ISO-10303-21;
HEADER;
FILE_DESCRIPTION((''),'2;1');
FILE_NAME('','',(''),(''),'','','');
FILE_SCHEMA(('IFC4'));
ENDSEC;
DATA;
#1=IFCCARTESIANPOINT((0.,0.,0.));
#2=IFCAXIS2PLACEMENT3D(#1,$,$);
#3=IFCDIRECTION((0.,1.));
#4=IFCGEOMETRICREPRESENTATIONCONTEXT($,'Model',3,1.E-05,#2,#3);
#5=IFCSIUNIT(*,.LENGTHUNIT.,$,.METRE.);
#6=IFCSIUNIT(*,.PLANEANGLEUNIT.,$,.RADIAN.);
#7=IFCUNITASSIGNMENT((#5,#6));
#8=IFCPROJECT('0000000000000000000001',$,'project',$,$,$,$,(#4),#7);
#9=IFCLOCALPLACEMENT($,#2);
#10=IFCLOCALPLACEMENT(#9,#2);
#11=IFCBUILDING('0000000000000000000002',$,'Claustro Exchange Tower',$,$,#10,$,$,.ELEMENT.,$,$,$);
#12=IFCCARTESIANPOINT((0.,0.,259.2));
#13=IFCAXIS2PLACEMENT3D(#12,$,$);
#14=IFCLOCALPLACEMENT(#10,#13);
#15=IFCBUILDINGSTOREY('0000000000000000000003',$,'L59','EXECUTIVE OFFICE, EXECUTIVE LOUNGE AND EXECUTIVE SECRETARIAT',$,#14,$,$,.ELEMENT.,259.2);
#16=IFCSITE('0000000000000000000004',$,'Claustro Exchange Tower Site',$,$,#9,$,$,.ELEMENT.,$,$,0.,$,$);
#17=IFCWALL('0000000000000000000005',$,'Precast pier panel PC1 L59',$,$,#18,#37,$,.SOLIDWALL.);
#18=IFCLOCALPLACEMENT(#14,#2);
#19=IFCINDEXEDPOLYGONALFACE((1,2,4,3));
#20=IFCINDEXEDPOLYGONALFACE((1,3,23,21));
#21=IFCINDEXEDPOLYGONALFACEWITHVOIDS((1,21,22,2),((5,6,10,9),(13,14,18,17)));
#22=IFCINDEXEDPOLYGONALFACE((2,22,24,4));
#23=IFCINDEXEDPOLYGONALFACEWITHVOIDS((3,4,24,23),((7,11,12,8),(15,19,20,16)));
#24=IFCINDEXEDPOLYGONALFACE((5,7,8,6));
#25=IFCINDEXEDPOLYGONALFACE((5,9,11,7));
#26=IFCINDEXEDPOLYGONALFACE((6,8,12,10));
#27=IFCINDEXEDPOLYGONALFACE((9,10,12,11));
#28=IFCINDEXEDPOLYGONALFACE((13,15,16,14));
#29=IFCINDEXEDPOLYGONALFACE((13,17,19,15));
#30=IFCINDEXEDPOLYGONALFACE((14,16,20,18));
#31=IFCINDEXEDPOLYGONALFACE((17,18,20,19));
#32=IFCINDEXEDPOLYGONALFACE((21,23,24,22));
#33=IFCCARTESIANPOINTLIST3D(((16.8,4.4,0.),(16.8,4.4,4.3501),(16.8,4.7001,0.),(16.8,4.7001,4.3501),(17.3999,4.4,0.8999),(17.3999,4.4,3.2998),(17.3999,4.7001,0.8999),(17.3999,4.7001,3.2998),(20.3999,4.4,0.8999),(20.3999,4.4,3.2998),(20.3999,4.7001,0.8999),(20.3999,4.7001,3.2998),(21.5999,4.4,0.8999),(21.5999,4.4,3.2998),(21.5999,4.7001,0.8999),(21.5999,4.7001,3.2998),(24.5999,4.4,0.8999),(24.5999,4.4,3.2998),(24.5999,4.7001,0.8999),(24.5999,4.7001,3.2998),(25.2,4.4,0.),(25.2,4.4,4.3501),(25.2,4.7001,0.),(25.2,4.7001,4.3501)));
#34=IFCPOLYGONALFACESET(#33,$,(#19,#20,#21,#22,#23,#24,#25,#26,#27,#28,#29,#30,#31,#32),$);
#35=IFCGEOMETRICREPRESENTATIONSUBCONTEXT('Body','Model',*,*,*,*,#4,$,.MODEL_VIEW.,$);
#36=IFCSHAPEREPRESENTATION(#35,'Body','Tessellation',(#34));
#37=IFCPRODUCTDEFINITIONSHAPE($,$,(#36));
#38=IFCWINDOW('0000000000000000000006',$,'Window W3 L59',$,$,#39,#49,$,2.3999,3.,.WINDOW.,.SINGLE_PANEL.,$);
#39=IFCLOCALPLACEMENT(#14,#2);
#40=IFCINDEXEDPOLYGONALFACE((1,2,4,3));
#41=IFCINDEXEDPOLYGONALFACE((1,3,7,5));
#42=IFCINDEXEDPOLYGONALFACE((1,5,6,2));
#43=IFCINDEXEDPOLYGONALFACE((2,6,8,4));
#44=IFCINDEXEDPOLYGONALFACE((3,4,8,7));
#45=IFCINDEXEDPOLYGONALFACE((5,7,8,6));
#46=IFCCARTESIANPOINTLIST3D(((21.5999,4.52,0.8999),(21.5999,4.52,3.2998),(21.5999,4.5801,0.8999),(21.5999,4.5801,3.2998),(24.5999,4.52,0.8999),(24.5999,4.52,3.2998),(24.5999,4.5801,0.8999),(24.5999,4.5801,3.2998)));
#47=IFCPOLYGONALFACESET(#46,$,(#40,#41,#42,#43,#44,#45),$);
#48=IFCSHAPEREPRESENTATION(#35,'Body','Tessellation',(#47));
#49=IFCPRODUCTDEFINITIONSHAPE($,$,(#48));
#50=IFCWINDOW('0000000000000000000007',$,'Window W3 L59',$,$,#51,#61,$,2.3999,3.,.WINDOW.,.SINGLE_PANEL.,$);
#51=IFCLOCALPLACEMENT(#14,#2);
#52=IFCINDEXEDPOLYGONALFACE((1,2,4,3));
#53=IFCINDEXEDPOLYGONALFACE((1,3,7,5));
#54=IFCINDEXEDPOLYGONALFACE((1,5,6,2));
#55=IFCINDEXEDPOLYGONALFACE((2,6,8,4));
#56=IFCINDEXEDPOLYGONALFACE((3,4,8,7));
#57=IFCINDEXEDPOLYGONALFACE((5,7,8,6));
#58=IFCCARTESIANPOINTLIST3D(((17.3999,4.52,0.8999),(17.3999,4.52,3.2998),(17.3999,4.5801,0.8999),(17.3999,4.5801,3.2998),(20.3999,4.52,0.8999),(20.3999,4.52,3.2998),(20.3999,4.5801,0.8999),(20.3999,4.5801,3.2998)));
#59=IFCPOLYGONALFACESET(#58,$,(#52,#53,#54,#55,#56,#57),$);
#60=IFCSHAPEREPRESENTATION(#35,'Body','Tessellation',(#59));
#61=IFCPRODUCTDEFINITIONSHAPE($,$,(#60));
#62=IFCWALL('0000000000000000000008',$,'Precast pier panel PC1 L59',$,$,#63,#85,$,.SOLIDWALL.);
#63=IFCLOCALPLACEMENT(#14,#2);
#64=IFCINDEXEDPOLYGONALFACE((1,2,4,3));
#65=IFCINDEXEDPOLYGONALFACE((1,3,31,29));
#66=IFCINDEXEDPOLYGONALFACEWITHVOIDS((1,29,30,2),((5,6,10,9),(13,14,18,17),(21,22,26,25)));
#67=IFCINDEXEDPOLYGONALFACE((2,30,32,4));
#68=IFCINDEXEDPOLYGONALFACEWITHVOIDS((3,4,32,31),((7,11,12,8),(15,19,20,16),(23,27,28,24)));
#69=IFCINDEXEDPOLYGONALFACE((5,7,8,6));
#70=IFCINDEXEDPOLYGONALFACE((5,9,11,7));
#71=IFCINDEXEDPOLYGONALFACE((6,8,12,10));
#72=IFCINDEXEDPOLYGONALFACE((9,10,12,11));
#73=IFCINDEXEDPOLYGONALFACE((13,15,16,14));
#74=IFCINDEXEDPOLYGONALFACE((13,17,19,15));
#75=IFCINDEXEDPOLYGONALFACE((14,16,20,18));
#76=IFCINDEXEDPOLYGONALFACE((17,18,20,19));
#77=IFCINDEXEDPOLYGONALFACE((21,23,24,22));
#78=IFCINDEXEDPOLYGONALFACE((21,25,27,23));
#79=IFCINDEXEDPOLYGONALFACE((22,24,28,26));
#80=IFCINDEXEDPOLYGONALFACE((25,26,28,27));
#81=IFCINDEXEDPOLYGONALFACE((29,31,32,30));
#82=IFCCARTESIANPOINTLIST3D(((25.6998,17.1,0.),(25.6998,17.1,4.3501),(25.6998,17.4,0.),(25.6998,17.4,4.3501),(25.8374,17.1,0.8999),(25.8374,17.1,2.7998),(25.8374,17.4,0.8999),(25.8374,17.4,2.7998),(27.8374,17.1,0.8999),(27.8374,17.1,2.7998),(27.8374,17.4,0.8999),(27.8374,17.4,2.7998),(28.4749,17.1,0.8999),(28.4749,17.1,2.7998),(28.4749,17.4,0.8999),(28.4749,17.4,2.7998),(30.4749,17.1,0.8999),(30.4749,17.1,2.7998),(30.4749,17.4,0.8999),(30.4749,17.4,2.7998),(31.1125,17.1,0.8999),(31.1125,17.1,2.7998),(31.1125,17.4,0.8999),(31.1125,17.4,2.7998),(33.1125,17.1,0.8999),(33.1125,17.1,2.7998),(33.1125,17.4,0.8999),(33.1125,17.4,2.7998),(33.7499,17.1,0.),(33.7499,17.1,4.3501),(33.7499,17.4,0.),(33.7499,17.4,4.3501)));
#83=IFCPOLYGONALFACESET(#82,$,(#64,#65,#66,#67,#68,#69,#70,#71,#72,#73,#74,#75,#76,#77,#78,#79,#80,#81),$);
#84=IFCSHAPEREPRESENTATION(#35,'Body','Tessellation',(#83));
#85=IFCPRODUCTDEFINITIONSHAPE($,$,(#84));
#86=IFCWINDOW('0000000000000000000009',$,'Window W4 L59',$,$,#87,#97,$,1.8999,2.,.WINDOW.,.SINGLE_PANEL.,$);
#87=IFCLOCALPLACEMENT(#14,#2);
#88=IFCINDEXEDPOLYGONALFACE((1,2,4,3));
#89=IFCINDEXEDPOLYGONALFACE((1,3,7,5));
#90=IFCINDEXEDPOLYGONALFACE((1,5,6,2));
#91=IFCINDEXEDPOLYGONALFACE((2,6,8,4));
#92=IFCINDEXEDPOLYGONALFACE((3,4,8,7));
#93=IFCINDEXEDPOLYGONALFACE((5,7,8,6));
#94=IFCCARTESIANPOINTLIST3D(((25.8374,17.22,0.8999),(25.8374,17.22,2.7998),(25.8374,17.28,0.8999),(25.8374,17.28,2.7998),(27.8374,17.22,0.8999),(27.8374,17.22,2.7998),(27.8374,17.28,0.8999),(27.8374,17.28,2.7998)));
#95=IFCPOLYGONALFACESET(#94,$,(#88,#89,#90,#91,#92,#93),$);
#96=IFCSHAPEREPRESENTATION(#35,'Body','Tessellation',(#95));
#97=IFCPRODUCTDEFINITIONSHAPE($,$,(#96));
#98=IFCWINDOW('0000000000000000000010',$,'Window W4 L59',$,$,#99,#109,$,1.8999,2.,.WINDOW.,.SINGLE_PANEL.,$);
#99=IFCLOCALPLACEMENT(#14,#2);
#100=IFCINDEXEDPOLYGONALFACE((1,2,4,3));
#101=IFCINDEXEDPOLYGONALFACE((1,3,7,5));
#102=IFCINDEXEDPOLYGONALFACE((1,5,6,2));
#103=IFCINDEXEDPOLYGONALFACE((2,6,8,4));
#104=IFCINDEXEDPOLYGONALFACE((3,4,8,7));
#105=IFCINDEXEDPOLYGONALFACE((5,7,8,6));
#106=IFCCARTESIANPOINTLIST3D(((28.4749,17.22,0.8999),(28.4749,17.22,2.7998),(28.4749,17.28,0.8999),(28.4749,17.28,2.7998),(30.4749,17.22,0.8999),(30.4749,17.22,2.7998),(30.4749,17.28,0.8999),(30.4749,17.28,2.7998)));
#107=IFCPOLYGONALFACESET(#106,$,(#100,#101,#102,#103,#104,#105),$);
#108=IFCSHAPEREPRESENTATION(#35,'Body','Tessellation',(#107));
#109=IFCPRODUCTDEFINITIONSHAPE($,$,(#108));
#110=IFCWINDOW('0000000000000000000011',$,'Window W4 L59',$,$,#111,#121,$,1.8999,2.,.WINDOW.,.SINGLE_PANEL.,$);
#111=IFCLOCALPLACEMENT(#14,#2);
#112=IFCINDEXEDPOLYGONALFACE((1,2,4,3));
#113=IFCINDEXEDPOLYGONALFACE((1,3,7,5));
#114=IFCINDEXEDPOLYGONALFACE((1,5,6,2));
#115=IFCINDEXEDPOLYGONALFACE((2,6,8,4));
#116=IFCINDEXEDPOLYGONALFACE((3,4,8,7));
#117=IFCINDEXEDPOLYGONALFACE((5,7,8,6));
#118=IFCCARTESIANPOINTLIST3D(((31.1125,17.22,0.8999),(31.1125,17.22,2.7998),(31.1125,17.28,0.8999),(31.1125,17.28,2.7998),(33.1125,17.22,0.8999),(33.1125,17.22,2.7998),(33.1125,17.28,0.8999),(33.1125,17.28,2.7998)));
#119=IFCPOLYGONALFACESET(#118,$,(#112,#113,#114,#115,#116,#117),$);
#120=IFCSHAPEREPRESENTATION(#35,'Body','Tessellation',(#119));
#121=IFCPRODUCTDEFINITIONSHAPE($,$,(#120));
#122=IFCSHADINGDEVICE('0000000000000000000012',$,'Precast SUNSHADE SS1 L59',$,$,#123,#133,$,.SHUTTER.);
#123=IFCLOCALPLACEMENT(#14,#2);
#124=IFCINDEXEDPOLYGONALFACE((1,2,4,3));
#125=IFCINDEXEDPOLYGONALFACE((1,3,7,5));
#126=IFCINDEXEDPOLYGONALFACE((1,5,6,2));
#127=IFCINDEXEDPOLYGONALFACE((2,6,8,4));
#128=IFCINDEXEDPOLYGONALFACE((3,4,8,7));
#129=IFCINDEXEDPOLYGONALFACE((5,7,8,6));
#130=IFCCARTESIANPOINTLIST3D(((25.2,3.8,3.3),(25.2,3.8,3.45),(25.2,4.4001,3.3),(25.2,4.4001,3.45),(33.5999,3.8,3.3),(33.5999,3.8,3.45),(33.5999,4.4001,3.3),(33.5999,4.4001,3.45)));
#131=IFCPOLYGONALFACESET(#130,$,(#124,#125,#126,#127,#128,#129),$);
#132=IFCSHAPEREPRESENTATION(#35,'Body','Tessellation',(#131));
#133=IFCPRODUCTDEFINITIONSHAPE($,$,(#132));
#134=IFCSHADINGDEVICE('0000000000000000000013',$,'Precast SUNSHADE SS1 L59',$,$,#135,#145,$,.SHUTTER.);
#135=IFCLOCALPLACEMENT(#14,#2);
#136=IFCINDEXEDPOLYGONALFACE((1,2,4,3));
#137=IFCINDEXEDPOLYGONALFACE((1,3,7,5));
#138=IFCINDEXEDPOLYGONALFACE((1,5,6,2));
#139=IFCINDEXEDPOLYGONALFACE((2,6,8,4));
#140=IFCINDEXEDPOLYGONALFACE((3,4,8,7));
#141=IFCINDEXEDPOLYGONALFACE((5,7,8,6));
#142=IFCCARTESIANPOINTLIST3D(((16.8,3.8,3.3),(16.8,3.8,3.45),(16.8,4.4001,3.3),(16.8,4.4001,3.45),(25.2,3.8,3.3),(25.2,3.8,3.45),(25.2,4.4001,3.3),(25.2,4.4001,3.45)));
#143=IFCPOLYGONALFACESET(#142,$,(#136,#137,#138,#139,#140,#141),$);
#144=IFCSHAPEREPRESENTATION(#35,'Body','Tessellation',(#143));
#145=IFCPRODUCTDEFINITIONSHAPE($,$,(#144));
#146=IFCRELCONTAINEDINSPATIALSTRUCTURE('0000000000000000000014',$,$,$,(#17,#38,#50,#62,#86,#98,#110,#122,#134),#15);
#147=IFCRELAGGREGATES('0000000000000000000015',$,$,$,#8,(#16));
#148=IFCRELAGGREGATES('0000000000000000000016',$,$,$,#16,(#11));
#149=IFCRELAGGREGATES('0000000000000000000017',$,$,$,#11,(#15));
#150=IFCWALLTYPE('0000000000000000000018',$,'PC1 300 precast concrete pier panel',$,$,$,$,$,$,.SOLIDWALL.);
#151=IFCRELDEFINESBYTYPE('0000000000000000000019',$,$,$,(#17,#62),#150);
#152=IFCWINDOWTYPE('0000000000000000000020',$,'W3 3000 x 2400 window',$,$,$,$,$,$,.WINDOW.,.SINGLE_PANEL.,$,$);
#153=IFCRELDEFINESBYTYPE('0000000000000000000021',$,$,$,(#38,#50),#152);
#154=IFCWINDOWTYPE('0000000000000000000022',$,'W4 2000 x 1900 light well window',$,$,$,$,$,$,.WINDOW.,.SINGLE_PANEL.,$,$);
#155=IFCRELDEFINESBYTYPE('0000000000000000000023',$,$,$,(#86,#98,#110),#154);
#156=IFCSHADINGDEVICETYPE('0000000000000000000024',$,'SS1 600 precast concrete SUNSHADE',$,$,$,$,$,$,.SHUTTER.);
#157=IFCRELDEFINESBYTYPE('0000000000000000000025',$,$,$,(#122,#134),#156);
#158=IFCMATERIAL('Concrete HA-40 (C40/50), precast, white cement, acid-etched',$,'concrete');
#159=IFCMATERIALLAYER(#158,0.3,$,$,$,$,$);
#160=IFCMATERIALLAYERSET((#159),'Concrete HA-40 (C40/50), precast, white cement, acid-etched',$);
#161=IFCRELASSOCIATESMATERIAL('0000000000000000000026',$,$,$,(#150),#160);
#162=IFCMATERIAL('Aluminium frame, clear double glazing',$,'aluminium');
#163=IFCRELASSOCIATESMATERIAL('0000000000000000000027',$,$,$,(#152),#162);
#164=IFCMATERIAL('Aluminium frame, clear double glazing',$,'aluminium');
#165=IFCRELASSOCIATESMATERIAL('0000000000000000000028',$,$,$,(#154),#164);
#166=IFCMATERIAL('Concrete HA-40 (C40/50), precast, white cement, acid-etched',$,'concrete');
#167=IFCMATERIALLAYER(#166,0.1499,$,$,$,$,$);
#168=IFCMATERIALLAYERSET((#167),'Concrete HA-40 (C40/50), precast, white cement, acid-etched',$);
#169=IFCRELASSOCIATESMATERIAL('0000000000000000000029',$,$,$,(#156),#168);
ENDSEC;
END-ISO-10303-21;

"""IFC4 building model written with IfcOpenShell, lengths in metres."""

from ifc_helpers import new_model, si_unit, direction, frame, frame_2d, origin, origin_2d, place, context, subcontext, project, spatial, rectangle, extrude, material, layer, layer_set, type_object, element, fill, save


model = new_model("IFC4")

# Units and contexts
model_context = context("Model", 3, precision=1e-05, world=origin(), true_north=direction((0.0, 1.0)))
body_context = subcontext(model_context, "Body", "Model", "MODEL_VIEW")
ifc_project = project(units=[si_unit("LENGTHUNIT", "METRE"), si_unit("PLANEANGLEUNIT", "RADIAN")], contexts=[model_context])

# Site, building, storey
site_placement = place(None, origin())
site = spatial("IfcSite", under=ifc_project, at=site_placement, Name="Claustro Exchange Tower Site", CompositionType="ELEMENT", RefElevation=0.0)
building_placement = place(site_placement, origin())
building = spatial("IfcBuilding", under=site, at=building_placement, Name="Claustro Exchange Tower", CompositionType="ELEMENT")
storey_placement = place(building_placement, frame((0.0, 0.0, 259.2)))
storey = spatial("IfcBuildingStorey", under=building, at=storey_placement, Name="L59", Description="EXECUTIVE OFFICE, EXECUTIVE LOUNGE AND EXECUTIVE SECRETARIAT", CompositionType="ELEMENT", Elevation=259.2)

# Walls, openings, windows
ifc_material_1 = material(Name="Concrete HA-40 (C40/50), precast, white cement, acid-etched", Category="concrete")
ifc_layer_1 = layer(ifc_material_1, 0.3)
ifc_layer_set_1 = layer_set([ifc_layer_1], Name="Concrete HA-40 (C40/50), precast, white cement, acid-etched")
wall_type_1 = type_object("IfcWallType", Name="PC1 300 precast concrete pier panel", PredefinedType="SOLIDWALL", material=ifc_layer_set_1)
wall_1_placement = place(storey_placement, frame((25.2, 4.55, 0.0), z_axis=(0.0, 0.0, 1.0), x_axis=(-1.0, 0.0, 0.0)))
wall_1 = element("IfcWall", 1, at=wall_1_placement, inside=storey, type_object=wall_type_1, Name="Precast pier panel PC1 L59", PredefinedType="SOLIDWALL", context=body_context, shape_type="SweptSolid", body=[
    extrude(rectangle(XDim=8.3999, YDim=0.3, at=frame_2d((4.2, 0.0))), origin(), (0.0, 0.0, 1.0), 4.3501),
])
opening_1_placement = place(wall_1_placement, frame((0.6001, 0.0, 0.8999)))
opening_1 = element("IfcOpeningElement", 2, at=opening_1_placement, cuts=wall_1, PredefinedType="OPENING", context=body_context, shape_type="SweptSolid", body=[
    extrude(rectangle(XDim=3.0, YDim=2.3999, at=frame_2d((1.5, 1.2))), frame((0.0, 0.1599, 0.0), z_axis=(0.0, -1.0, 0.0), x_axis=(1.0, 0.0, 0.0)), (0.0, 0.0, 1.0), 0.3201),
])
opening_2_placement = place(wall_1_placement, frame((4.8, 0.0, 0.8999)))
opening_2 = element("IfcOpeningElement", 3, at=opening_2_placement, cuts=wall_1, PredefinedType="OPENING", context=body_context, shape_type="SweptSolid", body=[
    extrude(rectangle(XDim=3.0, YDim=2.3999, at=frame_2d((1.5, 1.2))), frame((0.0, 0.1599, 0.0), z_axis=(0.0, -1.0, 0.0), x_axis=(1.0, 0.0, 0.0)), (0.0, 0.0, 1.0), 0.3201),
])
ifc_material_2 = material(Name="Aluminium frame, clear double glazing", Category="aluminium")
window_type_1 = type_object("IfcWindowType", Name="W3 3000 x 2400 window", PartitioningType="SINGLE_PANEL", PredefinedType="WINDOW", material=ifc_material_2)
window_1_placement = place(opening_1_placement, origin())
window_1 = element("IfcWindow", 4, at=window_1_placement, inside=storey, type_object=window_type_1, Name="Window W3 L59", OverallHeight=2.3999, OverallWidth=3.0, PartitioningType="SINGLE_PANEL", PredefinedType="WINDOW", context=body_context, shape_type="SweptSolid", body=[
    extrude(rectangle(XDim=3.0, YDim=2.3999, at=frame_2d((1.5, 1.2))), frame((0.0, 0.03, 0.0), z_axis=(0.0, -1.0, 0.0), x_axis=(1.0, 0.0, 0.0)), (0.0, 0.0, 1.0), 0.0601),
])
fill(opening_1, window_1)
window_2_placement = place(opening_2_placement, origin())
window_2 = element("IfcWindow", 5, at=window_2_placement, inside=storey, type_object=window_type_1, Name="Window W3 L59", OverallHeight=2.3999, OverallWidth=3.0, PartitioningType="SINGLE_PANEL", PredefinedType="WINDOW", context=body_context, shape_type="SweptSolid", body=[
    extrude(rectangle(XDim=3.0, YDim=2.3999, at=frame_2d((1.5, 1.2))), frame((0.0, 0.03, 0.0), z_axis=(0.0, -1.0, 0.0), x_axis=(1.0, 0.0, 0.0)), (0.0, 0.0, 1.0), 0.0601),
])
fill(opening_2, window_2)
wall_2_placement = place(storey_placement, frame((25.7, 17.25, 0.0), z_axis=(0.0, 0.0, 1.0), x_axis=(1.0, 0.0, 0.0)))
wall_2 = element("IfcWall", 6, at=wall_2_placement, inside=storey, type_object=wall_type_1, Name="Precast pier panel PC1 L59", PredefinedType="SOLIDWALL", context=body_context, shape_type="SweptSolid", body=[
    extrude(rectangle(XDim=8.05, YDim=0.3, at=frame_2d((4.0249, 0.0))), origin(), (0.0, 0.0, 1.0), 4.3501),
])
opening_3_placement = place(wall_2_placement, frame((0.1375, 0.0, 0.8999)))
opening_3 = element("IfcOpeningElement", 7, at=opening_3_placement, cuts=wall_2, PredefinedType="OPENING", context=body_context, shape_type="SweptSolid", body=[
    extrude(rectangle(XDim=2.0, YDim=1.8999, at=frame_2d((1.0, 0.95))), frame((0.0, 0.1599, 0.0), z_axis=(0.0, -1.0, 0.0), x_axis=(1.0, 0.0, 0.0)), (0.0, 0.0, 1.0), 0.3201),
])
opening_4_placement = place(wall_2_placement, frame((2.7749, 0.0, 0.8999)))
opening_4 = element("IfcOpeningElement", 8, at=opening_4_placement, cuts=wall_2, PredefinedType="OPENING", context=body_context, shape_type="SweptSolid", body=[
    extrude(rectangle(XDim=2.0, YDim=1.8999, at=frame_2d((1.0, 0.95))), frame((0.0, 0.1599, 0.0), z_axis=(0.0, -1.0, 0.0), x_axis=(1.0, 0.0, 0.0)), (0.0, 0.0, 1.0), 0.3201),
])
opening_5_placement = place(wall_2_placement, frame((5.4126, 0.0, 0.8999)))
opening_5 = element("IfcOpeningElement", 9, at=opening_5_placement, cuts=wall_2, PredefinedType="OPENING", context=body_context, shape_type="SweptSolid", body=[
    extrude(rectangle(XDim=2.0, YDim=1.8999, at=frame_2d((1.0, 0.95))), frame((0.0, 0.1599, 0.0), z_axis=(0.0, -1.0, 0.0), x_axis=(1.0, 0.0, 0.0)), (0.0, 0.0, 1.0), 0.3201),
])
ifc_material_3 = material(Name="Aluminium frame, clear double glazing", Category="aluminium")
window_type_2 = type_object("IfcWindowType", Name="W4 2000 x 1900 light well window", PartitioningType="SINGLE_PANEL", PredefinedType="WINDOW", material=ifc_material_3)
window_3_placement = place(opening_3_placement, origin())
window_3 = element("IfcWindow", 10, at=window_3_placement, inside=storey, type_object=window_type_2, Name="Window W4 L59", OverallHeight=1.8999, OverallWidth=2.0, PartitioningType="SINGLE_PANEL", PredefinedType="WINDOW", context=body_context, shape_type="SweptSolid", body=[
    extrude(rectangle(XDim=2.0, YDim=1.8999, at=frame_2d((1.0, 0.95))), frame((0.0, 0.03, 0.0), z_axis=(0.0, -1.0, 0.0), x_axis=(1.0, 0.0, 0.0)), (0.0, 0.0, 1.0), 0.0601),
])
fill(opening_3, window_3)
window_4_placement = place(opening_4_placement, origin())
window_4 = element("IfcWindow", 11, at=window_4_placement, inside=storey, type_object=window_type_2, Name="Window W4 L59", OverallHeight=1.8999, OverallWidth=2.0, PartitioningType="SINGLE_PANEL", PredefinedType="WINDOW", context=body_context, shape_type="SweptSolid", body=[
    extrude(rectangle(XDim=2.0, YDim=1.8999, at=frame_2d((1.0, 0.95))), frame((0.0, 0.03, 0.0), z_axis=(0.0, -1.0, 0.0), x_axis=(1.0, 0.0, 0.0)), (0.0, 0.0, 1.0), 0.0601),
])
fill(opening_4, window_4)
window_5_placement = place(opening_5_placement, origin())
window_5 = element("IfcWindow", 12, at=window_5_placement, inside=storey, type_object=window_type_2, Name="Window W4 L59", OverallHeight=1.8999, OverallWidth=2.0, PartitioningType="SINGLE_PANEL", PredefinedType="WINDOW", context=body_context, shape_type="SweptSolid", body=[
    extrude(rectangle(XDim=2.0, YDim=1.8999, at=frame_2d((1.0, 0.95))), frame((0.0, 0.03, 0.0), z_axis=(0.0, -1.0, 0.0), x_axis=(1.0, 0.0, 0.0)), (0.0, 0.0, 1.0), 0.0601),
])
fill(opening_5, window_5)

# Shading devices
ifc_material_4 = material(Name="Concrete HA-40 (C40/50), precast, white cement, acid-etched", Category="concrete")
ifc_layer_2 = layer(ifc_material_4, 0.1499)
ifc_layer_set_2 = layer_set([ifc_layer_2], Name="Concrete HA-40 (C40/50), precast, white cement, acid-etched")
shading_device_type = type_object("IfcShadingDeviceType", Name="SS1 600 precast concrete SUNSHADE", PredefinedType="SHUTTER", material=ifc_layer_set_2)
for number, where, z_axis, x_axis, name in (
    (13, (29.3999, 4.1001, 3.3), (0.0, 0.0, 1.0), (-1.0, 0.0, 0.0), "Precast SUNSHADE SS1 L59"),
    (14, (21.0, 4.1001, 3.3), (0.0, 0.0, 1.0), (-1.0, 0.0, 0.0), "Precast SUNSHADE SS1 L59"),
):
    element("IfcShadingDevice", number, at=place(storey_placement, frame(where, z_axis=z_axis, x_axis=x_axis)), inside=storey, type_object=shading_device_type, Name=name, PredefinedType="SHUTTER", context=body_context, shape_type="SweptSolid", body=[
        extrude(rectangle(XDim=8.3999, YDim=0.6001, at=origin_2d()), origin(), (0.0, 0.0, 1.0), 0.1499),
    ])

save(model, "model.ifc")
